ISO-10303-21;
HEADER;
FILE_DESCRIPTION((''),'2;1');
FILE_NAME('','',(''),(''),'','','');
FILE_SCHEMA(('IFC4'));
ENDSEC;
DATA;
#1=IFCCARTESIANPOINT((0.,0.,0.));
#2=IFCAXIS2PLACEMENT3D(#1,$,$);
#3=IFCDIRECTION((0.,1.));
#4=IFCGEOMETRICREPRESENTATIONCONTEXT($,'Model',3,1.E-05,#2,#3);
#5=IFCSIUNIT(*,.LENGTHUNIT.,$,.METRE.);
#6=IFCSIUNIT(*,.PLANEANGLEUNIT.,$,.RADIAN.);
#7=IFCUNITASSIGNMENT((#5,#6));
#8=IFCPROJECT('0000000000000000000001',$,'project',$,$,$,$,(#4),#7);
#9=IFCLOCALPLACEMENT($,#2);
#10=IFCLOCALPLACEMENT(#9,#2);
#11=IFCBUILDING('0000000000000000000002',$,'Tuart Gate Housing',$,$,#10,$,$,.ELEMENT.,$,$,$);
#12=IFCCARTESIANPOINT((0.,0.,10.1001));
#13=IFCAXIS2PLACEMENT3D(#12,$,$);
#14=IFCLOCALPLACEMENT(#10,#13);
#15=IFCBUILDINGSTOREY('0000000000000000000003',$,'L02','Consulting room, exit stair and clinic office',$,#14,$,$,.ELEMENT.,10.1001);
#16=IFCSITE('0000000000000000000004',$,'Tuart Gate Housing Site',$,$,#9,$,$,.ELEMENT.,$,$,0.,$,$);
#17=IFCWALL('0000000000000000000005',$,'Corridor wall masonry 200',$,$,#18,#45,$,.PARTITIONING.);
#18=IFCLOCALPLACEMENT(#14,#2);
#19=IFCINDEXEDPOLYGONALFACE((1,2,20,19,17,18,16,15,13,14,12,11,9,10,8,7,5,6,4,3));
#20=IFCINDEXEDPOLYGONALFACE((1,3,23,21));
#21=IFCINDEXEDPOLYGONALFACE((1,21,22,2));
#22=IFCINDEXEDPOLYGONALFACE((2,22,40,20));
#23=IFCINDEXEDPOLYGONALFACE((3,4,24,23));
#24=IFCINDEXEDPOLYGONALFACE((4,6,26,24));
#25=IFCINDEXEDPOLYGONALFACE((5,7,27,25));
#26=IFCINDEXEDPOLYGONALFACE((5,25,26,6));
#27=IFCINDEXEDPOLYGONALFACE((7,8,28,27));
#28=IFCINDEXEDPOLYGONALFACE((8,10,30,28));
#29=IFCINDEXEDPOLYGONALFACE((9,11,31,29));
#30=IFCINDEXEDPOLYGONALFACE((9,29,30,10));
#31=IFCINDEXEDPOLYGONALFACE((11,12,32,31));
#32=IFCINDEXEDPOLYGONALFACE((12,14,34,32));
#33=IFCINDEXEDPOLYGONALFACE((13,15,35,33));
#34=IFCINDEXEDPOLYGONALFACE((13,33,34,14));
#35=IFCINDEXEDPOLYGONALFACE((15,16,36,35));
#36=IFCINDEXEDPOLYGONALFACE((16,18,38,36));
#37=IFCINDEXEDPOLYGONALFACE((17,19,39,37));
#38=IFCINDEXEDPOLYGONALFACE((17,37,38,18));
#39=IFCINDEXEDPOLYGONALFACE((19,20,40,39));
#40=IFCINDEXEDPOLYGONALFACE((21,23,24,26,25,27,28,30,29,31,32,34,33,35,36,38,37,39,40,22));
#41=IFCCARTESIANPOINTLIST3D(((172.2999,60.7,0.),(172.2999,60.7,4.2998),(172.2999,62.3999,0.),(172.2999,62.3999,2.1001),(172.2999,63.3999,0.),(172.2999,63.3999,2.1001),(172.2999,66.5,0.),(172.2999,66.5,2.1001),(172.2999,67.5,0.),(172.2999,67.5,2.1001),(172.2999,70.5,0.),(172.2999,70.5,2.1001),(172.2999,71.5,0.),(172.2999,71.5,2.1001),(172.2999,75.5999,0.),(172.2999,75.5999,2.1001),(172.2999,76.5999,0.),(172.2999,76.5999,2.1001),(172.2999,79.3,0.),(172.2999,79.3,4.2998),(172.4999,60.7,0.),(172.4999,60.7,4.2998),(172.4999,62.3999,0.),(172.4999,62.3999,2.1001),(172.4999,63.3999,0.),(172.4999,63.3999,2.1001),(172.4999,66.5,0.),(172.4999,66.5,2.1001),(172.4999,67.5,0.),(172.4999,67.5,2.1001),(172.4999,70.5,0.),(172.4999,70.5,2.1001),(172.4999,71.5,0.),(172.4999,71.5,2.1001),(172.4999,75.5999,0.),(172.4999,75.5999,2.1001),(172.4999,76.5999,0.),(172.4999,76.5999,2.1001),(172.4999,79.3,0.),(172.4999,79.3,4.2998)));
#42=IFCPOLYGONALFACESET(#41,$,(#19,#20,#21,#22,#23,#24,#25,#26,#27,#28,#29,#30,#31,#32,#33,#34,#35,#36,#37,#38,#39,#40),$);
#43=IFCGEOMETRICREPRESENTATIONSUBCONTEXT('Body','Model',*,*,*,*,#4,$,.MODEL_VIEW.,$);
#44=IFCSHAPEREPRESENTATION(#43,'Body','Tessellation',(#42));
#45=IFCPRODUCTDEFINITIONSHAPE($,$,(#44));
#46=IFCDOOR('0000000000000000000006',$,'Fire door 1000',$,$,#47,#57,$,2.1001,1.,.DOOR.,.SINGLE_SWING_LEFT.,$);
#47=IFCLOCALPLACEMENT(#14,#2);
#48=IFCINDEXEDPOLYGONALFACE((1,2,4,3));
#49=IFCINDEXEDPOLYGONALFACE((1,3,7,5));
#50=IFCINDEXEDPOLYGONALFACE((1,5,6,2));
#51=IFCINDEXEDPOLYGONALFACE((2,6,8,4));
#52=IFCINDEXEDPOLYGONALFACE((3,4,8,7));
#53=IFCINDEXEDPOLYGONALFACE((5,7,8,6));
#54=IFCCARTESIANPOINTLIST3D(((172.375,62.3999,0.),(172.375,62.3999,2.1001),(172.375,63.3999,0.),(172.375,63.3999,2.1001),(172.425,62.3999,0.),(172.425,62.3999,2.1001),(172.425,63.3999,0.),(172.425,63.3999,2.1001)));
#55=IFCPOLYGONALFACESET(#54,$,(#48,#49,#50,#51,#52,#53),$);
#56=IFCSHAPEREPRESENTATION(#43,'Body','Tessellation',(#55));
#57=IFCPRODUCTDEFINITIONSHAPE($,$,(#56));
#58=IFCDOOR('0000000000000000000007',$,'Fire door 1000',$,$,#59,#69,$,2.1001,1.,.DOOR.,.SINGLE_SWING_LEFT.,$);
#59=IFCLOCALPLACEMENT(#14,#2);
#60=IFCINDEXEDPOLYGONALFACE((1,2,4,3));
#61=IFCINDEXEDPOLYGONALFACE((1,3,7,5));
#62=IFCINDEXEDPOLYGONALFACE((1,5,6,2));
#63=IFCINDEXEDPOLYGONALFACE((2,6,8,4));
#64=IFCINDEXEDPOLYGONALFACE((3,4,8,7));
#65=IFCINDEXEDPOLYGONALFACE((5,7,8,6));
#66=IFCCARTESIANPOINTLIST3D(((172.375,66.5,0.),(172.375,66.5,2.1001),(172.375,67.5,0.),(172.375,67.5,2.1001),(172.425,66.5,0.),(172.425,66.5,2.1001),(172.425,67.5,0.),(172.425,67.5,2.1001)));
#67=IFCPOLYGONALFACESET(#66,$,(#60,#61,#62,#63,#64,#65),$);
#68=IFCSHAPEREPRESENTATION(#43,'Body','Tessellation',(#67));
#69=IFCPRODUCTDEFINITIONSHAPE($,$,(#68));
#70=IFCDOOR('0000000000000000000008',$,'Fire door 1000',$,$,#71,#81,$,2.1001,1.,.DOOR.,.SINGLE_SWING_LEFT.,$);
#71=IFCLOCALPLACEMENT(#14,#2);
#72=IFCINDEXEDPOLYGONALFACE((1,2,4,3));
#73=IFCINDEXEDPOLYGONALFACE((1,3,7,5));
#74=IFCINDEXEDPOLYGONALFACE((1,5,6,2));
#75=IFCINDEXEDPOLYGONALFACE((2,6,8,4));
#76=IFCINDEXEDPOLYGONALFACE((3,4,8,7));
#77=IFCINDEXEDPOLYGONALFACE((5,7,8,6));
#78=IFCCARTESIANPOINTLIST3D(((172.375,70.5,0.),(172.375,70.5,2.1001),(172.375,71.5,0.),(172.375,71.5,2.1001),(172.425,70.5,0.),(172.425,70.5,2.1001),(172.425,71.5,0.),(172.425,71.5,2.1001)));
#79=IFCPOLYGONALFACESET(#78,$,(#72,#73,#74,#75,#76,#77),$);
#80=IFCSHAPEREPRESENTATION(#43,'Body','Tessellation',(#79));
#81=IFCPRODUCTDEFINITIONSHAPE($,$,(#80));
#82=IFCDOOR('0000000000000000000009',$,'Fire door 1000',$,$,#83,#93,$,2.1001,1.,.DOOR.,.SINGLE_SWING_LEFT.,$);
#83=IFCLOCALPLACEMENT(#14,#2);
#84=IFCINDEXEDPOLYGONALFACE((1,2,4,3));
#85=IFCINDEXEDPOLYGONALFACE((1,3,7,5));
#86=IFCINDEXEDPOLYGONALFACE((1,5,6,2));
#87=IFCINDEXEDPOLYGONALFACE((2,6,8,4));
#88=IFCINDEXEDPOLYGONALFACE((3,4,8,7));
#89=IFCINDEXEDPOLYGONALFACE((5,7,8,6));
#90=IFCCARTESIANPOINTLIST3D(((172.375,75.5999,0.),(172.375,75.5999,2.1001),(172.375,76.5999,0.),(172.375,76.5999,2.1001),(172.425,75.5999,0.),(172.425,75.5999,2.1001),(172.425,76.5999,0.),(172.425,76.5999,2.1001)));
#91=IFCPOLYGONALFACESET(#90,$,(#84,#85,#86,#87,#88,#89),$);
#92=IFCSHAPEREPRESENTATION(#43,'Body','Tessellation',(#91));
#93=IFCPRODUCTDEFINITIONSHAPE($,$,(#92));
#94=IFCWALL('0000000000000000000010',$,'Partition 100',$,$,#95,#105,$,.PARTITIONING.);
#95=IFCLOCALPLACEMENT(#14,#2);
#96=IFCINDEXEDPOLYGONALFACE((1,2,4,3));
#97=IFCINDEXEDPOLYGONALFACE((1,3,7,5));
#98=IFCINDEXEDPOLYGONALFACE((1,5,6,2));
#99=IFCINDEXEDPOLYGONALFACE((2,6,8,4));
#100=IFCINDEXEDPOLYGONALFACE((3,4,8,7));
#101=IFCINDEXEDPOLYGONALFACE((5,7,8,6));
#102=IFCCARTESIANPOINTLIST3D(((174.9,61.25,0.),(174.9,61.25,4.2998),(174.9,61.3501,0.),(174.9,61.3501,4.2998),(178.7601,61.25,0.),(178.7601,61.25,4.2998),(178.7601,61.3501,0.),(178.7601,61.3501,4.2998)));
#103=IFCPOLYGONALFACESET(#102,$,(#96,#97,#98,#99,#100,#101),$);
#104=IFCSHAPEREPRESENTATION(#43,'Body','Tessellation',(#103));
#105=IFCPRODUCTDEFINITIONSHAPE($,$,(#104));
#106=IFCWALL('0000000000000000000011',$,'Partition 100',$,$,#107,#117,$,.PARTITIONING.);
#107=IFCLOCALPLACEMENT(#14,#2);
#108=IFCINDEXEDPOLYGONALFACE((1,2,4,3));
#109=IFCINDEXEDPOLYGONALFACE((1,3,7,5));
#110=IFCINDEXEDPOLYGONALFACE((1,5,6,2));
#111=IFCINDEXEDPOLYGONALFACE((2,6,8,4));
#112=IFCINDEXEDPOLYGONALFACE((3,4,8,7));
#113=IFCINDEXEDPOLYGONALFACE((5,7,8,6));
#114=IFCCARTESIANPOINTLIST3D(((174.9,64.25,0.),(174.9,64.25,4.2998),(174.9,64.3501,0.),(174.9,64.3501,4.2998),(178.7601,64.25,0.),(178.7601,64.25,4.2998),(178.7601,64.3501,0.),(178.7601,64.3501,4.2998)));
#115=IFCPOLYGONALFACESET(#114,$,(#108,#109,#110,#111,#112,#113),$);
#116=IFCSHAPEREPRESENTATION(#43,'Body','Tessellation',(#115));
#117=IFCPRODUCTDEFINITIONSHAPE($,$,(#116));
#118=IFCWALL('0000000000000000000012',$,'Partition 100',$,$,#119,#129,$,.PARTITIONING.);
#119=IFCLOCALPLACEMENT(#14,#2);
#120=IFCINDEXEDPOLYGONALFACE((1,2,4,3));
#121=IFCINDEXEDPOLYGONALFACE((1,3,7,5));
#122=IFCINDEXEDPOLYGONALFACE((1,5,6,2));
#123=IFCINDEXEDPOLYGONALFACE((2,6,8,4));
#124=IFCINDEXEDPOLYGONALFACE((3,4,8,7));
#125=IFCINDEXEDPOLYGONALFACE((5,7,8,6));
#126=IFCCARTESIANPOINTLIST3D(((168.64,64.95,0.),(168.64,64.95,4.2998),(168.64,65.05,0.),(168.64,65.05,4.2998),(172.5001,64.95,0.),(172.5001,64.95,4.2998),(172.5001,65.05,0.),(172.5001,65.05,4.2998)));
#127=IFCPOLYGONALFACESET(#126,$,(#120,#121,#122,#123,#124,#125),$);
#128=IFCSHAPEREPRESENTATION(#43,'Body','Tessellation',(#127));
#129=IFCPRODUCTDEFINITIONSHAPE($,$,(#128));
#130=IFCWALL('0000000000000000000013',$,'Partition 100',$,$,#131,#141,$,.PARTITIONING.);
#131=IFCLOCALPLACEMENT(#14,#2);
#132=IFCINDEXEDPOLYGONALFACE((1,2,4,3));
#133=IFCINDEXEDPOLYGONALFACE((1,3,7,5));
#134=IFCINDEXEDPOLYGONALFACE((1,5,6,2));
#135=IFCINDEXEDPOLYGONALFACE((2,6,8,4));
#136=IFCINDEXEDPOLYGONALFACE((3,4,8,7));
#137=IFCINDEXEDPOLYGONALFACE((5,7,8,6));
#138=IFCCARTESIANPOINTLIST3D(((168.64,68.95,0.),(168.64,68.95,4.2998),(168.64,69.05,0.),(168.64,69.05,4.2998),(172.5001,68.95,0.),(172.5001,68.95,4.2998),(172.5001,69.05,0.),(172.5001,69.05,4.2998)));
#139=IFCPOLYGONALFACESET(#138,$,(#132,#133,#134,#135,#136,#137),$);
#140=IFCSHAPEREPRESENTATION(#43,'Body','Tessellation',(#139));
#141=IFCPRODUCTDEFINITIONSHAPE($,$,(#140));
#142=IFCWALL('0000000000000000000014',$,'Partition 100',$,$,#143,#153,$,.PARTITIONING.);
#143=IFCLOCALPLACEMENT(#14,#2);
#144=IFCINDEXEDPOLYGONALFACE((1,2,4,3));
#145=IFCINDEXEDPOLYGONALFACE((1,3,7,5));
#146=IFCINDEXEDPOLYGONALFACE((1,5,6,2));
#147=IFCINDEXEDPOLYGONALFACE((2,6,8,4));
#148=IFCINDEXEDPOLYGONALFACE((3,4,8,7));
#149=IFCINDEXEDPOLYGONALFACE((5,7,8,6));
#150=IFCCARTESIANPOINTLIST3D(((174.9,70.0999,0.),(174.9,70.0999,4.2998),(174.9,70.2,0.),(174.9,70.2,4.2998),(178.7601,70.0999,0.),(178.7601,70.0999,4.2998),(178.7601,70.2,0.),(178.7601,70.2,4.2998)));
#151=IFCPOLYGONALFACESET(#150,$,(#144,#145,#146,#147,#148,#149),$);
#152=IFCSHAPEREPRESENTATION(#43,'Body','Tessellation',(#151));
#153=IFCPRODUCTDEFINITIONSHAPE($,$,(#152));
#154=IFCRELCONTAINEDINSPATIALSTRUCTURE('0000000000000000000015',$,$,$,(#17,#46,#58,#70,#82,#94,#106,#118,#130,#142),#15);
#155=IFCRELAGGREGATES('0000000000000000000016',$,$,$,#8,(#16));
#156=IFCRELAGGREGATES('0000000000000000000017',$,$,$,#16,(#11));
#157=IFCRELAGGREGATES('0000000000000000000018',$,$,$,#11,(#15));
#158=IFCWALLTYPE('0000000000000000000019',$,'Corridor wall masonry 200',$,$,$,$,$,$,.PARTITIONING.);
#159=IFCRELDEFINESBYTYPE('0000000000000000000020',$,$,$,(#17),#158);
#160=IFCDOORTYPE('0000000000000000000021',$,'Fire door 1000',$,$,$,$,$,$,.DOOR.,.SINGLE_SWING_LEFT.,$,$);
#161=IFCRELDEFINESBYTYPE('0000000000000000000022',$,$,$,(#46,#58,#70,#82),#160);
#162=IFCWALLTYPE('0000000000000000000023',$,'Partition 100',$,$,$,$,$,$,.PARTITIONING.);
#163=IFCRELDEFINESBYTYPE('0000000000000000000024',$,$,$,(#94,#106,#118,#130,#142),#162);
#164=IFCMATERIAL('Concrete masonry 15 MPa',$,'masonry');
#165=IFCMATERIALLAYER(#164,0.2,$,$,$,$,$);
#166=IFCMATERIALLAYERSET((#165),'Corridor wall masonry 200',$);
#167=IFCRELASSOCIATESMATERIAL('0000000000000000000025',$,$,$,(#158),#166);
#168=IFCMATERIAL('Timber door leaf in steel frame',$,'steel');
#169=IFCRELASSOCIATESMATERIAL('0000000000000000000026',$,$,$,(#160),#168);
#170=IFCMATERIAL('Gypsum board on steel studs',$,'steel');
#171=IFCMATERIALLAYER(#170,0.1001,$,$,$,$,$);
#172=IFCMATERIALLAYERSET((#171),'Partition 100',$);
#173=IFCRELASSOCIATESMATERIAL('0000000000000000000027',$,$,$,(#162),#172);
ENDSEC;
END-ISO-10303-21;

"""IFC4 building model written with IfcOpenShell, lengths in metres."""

from ifc_helpers import new_model, si_unit, direction, frame, frame_2d, origin, place, context, subcontext, project, spatial, rectangle, extrude, material, layer, layer_set, type_object, element, fill, save


model = new_model("IFC4")

# Units and contexts
model_context = context("Model", 3, precision=1e-05, world=origin(), true_north=direction((0.0, 1.0)))
body_context = subcontext(model_context, "Body", "Model", "MODEL_VIEW")
ifc_project = project(units=[si_unit("LENGTHUNIT", "METRE"), si_unit("PLANEANGLEUNIT", "RADIAN")], contexts=[model_context])

# Site, building, storey
site_placement = place(None, origin())
site = spatial("IfcSite", under=ifc_project, at=site_placement, Name="Tuart Gate Housing Site", CompositionType="ELEMENT", RefElevation=0.0)
building_placement = place(site_placement, origin())
building = spatial("IfcBuilding", under=site, at=building_placement, Name="Tuart Gate Housing", CompositionType="ELEMENT")
storey_placement = place(building_placement, frame((0.0, 0.0, 10.1001)))
storey = spatial("IfcBuildingStorey", under=building, at=storey_placement, Name="L02", Description="Consulting room, exit stair and clinic office", CompositionType="ELEMENT", Elevation=10.1001)

# Wall, openings, doors
ifc_material_1 = material(Name="Concrete masonry 15 MPa", Category="masonry")
ifc_layer_1 = layer(ifc_material_1, 0.2)
ifc_layer_set_1 = layer_set([ifc_layer_1], Name="Corridor wall masonry 200")
wall_type_1 = type_object("IfcWallType", Name="Corridor wall masonry 200", PredefinedType="PARTITIONING", material=ifc_layer_set_1)
wall_placement = place(storey_placement, frame((172.3999, 60.7, 0.0), z_axis=(0.0, 0.0, 1.0), x_axis=(0.0, 1.0, 0.0)))
wall = element("IfcWall", 1, at=wall_placement, inside=storey, type_object=wall_type_1, Name="Corridor wall masonry 200", PredefinedType="PARTITIONING", context=body_context, shape_type="SweptSolid", body=[
    extrude(rectangle(XDim=18.6001, YDim=0.2, at=frame_2d((9.3, 0.0))), origin(), (0.0, 0.0, 1.0), 4.2998),
])
opening_1_placement = place(wall_placement, frame((1.7, 0.0, 0.0)))
opening_1 = element("IfcOpeningElement", 2, at=opening_1_placement, cuts=wall, PredefinedType="OPENING", context=body_context, shape_type="SweptSolid", body=[
    extrude(rectangle(XDim=1.0, YDim=2.1001, at=frame_2d((0.5, 1.05))), frame((0.0, 0.1099, 0.0), z_axis=(0.0, -1.0, 0.0), x_axis=(1.0, 0.0, 0.0)), (0.0, 0.0, 1.0), 0.22),
])
opening_2_placement = place(wall_placement, frame((5.8, 0.0, 0.0)))
opening_2 = element("IfcOpeningElement", 3, at=opening_2_placement, cuts=wall, PredefinedType="OPENING", context=body_context, shape_type="SweptSolid", body=[
    extrude(rectangle(XDim=1.0, YDim=2.1001, at=frame_2d((0.5, 1.05))), frame((0.0, 0.1099, 0.0), z_axis=(0.0, -1.0, 0.0), x_axis=(1.0, 0.0, 0.0)), (0.0, 0.0, 1.0), 0.22),
])
opening_3_placement = place(wall_placement, frame((9.8, 0.0, 0.0)))
opening_3 = element("IfcOpeningElement", 4, at=opening_3_placement, cuts=wall, PredefinedType="OPENING", context=body_context, shape_type="SweptSolid", body=[
    extrude(rectangle(XDim=1.0, YDim=2.1001, at=frame_2d((0.5, 1.05))), frame((0.0, 0.1099, 0.0), z_axis=(0.0, -1.0, 0.0), x_axis=(1.0, 0.0, 0.0)), (0.0, 0.0, 1.0), 0.22),
])
opening_4_placement = place(wall_placement, frame((14.8999, 0.0, 0.0)))
opening_4 = element("IfcOpeningElement", 5, at=opening_4_placement, cuts=wall, PredefinedType="OPENING", context=body_context, shape_type="SweptSolid", body=[
    extrude(rectangle(XDim=1.0, YDim=2.1001, at=frame_2d((0.5, 1.05))), frame((0.0, 0.1099, 0.0), z_axis=(0.0, -1.0, 0.0), x_axis=(1.0, 0.0, 0.0)), (0.0, 0.0, 1.0), 0.22),
])
ifc_material_2 = material(Name="Timber door leaf in steel frame", Category="steel")
door_type = type_object("IfcDoorType", Name="Fire door 1000", OperationType="SINGLE_SWING_LEFT", PredefinedType="DOOR", material=ifc_material_2)
door_1_placement = place(opening_1_placement, origin())
door_1 = element("IfcDoor", 6, at=door_1_placement, inside=storey, type_object=door_type, Name="Fire door 1000", OperationType="SINGLE_SWING_LEFT", OverallHeight=2.1001, OverallWidth=1.0, PredefinedType="DOOR", context=body_context, shape_type="SweptSolid", body=[
    extrude(rectangle(XDim=1.0, YDim=2.1001, at=frame_2d((0.5, 1.05))), frame((0.0, 0.0249, 0.0), z_axis=(0.0, -1.0, 0.0), x_axis=(1.0, 0.0, 0.0)), (0.0, 0.0, 1.0), 0.05),
])
fill(opening_1, door_1)
door_2_placement = place(opening_2_placement, origin())
door_2 = element("IfcDoor", 7, at=door_2_placement, inside=storey, type_object=door_type, Name="Fire door 1000", OperationType="SINGLE_SWING_LEFT", OverallHeight=2.1001, OverallWidth=1.0, PredefinedType="DOOR", context=body_context, shape_type="SweptSolid", body=[
    extrude(rectangle(XDim=1.0, YDim=2.1001, at=frame_2d((0.5, 1.05))), frame((0.0, 0.0249, 0.0), z_axis=(0.0, -1.0, 0.0), x_axis=(1.0, 0.0, 0.0)), (0.0, 0.0, 1.0), 0.05),
])
fill(opening_2, door_2)
door_3_placement = place(opening_3_placement, origin())
door_3 = element("IfcDoor", 8, at=door_3_placement, inside=storey, type_object=door_type, Name="Fire door 1000", OperationType="SINGLE_SWING_LEFT", OverallHeight=2.1001, OverallWidth=1.0, PredefinedType="DOOR", context=body_context, shape_type="SweptSolid", body=[
    extrude(rectangle(XDim=1.0, YDim=2.1001, at=frame_2d((0.5, 1.05))), frame((0.0, 0.0249, 0.0), z_axis=(0.0, -1.0, 0.0), x_axis=(1.0, 0.0, 0.0)), (0.0, 0.0, 1.0), 0.05),
])
fill(opening_3, door_3)
door_4_placement = place(opening_4_placement, origin())
door_4 = element("IfcDoor", 9, at=door_4_placement, inside=storey, type_object=door_type, Name="Fire door 1000", OperationType="SINGLE_SWING_LEFT", OverallHeight=2.1001, OverallWidth=1.0, PredefinedType="DOOR", context=body_context, shape_type="SweptSolid", body=[
    extrude(rectangle(XDim=1.0, YDim=2.1001, at=frame_2d((0.5, 1.05))), frame((0.0, 0.0249, 0.0), z_axis=(0.0, -1.0, 0.0), x_axis=(1.0, 0.0, 0.0)), (0.0, 0.0, 1.0), 0.05),
])
fill(opening_4, door_4)

# Walls
ifc_material_3 = material(Name="Gypsum board on steel studs", Category="steel")
ifc_layer_2 = layer(ifc_material_3, 0.1001)
ifc_layer_set_2 = layer_set([ifc_layer_2], Name="Partition 100")
wall_type_2 = type_object("IfcWallType", Name="Partition 100", PredefinedType="PARTITIONING", material=ifc_layer_set_2)
for number, where, z_axis, x_axis, name in (
    (10, (174.8999, 61.3, 0.0), (0.0, 0.0, 1.0), (1.0, 0.0, 0.0), "Partition 100"),
    (11, (174.8999, 64.3, 0.0), (0.0, 0.0, 1.0), (1.0, 0.0, 0.0), "Partition 100"),
    (12, (168.6399, 65.0, 0.0), (0.0, 0.0, 1.0), (1.0, 0.0, 0.0), "Partition 100"),
    (13, (168.6399, 69.0, 0.0), (0.0, 0.0, 1.0), (1.0, 0.0, 0.0), "Partition 100"),
    (14, (174.8999, 70.1499, 0.0), (0.0, 0.0, 1.0), (1.0, 0.0, 0.0), "Partition 100"),
):
    element("IfcWall", number, at=place(storey_placement, frame(where, z_axis=z_axis, x_axis=x_axis)), inside=storey, type_object=wall_type_2, Name=name, PredefinedType="PARTITIONING", context=body_context, shape_type="SweptSolid", body=[
        extrude(rectangle(XDim=3.8601, YDim=0.1001, at=frame_2d((1.9302, 0.0))), origin(), (0.0, 0.0, 1.0), 4.2998),
    ])

save(model, "model.ifc")
